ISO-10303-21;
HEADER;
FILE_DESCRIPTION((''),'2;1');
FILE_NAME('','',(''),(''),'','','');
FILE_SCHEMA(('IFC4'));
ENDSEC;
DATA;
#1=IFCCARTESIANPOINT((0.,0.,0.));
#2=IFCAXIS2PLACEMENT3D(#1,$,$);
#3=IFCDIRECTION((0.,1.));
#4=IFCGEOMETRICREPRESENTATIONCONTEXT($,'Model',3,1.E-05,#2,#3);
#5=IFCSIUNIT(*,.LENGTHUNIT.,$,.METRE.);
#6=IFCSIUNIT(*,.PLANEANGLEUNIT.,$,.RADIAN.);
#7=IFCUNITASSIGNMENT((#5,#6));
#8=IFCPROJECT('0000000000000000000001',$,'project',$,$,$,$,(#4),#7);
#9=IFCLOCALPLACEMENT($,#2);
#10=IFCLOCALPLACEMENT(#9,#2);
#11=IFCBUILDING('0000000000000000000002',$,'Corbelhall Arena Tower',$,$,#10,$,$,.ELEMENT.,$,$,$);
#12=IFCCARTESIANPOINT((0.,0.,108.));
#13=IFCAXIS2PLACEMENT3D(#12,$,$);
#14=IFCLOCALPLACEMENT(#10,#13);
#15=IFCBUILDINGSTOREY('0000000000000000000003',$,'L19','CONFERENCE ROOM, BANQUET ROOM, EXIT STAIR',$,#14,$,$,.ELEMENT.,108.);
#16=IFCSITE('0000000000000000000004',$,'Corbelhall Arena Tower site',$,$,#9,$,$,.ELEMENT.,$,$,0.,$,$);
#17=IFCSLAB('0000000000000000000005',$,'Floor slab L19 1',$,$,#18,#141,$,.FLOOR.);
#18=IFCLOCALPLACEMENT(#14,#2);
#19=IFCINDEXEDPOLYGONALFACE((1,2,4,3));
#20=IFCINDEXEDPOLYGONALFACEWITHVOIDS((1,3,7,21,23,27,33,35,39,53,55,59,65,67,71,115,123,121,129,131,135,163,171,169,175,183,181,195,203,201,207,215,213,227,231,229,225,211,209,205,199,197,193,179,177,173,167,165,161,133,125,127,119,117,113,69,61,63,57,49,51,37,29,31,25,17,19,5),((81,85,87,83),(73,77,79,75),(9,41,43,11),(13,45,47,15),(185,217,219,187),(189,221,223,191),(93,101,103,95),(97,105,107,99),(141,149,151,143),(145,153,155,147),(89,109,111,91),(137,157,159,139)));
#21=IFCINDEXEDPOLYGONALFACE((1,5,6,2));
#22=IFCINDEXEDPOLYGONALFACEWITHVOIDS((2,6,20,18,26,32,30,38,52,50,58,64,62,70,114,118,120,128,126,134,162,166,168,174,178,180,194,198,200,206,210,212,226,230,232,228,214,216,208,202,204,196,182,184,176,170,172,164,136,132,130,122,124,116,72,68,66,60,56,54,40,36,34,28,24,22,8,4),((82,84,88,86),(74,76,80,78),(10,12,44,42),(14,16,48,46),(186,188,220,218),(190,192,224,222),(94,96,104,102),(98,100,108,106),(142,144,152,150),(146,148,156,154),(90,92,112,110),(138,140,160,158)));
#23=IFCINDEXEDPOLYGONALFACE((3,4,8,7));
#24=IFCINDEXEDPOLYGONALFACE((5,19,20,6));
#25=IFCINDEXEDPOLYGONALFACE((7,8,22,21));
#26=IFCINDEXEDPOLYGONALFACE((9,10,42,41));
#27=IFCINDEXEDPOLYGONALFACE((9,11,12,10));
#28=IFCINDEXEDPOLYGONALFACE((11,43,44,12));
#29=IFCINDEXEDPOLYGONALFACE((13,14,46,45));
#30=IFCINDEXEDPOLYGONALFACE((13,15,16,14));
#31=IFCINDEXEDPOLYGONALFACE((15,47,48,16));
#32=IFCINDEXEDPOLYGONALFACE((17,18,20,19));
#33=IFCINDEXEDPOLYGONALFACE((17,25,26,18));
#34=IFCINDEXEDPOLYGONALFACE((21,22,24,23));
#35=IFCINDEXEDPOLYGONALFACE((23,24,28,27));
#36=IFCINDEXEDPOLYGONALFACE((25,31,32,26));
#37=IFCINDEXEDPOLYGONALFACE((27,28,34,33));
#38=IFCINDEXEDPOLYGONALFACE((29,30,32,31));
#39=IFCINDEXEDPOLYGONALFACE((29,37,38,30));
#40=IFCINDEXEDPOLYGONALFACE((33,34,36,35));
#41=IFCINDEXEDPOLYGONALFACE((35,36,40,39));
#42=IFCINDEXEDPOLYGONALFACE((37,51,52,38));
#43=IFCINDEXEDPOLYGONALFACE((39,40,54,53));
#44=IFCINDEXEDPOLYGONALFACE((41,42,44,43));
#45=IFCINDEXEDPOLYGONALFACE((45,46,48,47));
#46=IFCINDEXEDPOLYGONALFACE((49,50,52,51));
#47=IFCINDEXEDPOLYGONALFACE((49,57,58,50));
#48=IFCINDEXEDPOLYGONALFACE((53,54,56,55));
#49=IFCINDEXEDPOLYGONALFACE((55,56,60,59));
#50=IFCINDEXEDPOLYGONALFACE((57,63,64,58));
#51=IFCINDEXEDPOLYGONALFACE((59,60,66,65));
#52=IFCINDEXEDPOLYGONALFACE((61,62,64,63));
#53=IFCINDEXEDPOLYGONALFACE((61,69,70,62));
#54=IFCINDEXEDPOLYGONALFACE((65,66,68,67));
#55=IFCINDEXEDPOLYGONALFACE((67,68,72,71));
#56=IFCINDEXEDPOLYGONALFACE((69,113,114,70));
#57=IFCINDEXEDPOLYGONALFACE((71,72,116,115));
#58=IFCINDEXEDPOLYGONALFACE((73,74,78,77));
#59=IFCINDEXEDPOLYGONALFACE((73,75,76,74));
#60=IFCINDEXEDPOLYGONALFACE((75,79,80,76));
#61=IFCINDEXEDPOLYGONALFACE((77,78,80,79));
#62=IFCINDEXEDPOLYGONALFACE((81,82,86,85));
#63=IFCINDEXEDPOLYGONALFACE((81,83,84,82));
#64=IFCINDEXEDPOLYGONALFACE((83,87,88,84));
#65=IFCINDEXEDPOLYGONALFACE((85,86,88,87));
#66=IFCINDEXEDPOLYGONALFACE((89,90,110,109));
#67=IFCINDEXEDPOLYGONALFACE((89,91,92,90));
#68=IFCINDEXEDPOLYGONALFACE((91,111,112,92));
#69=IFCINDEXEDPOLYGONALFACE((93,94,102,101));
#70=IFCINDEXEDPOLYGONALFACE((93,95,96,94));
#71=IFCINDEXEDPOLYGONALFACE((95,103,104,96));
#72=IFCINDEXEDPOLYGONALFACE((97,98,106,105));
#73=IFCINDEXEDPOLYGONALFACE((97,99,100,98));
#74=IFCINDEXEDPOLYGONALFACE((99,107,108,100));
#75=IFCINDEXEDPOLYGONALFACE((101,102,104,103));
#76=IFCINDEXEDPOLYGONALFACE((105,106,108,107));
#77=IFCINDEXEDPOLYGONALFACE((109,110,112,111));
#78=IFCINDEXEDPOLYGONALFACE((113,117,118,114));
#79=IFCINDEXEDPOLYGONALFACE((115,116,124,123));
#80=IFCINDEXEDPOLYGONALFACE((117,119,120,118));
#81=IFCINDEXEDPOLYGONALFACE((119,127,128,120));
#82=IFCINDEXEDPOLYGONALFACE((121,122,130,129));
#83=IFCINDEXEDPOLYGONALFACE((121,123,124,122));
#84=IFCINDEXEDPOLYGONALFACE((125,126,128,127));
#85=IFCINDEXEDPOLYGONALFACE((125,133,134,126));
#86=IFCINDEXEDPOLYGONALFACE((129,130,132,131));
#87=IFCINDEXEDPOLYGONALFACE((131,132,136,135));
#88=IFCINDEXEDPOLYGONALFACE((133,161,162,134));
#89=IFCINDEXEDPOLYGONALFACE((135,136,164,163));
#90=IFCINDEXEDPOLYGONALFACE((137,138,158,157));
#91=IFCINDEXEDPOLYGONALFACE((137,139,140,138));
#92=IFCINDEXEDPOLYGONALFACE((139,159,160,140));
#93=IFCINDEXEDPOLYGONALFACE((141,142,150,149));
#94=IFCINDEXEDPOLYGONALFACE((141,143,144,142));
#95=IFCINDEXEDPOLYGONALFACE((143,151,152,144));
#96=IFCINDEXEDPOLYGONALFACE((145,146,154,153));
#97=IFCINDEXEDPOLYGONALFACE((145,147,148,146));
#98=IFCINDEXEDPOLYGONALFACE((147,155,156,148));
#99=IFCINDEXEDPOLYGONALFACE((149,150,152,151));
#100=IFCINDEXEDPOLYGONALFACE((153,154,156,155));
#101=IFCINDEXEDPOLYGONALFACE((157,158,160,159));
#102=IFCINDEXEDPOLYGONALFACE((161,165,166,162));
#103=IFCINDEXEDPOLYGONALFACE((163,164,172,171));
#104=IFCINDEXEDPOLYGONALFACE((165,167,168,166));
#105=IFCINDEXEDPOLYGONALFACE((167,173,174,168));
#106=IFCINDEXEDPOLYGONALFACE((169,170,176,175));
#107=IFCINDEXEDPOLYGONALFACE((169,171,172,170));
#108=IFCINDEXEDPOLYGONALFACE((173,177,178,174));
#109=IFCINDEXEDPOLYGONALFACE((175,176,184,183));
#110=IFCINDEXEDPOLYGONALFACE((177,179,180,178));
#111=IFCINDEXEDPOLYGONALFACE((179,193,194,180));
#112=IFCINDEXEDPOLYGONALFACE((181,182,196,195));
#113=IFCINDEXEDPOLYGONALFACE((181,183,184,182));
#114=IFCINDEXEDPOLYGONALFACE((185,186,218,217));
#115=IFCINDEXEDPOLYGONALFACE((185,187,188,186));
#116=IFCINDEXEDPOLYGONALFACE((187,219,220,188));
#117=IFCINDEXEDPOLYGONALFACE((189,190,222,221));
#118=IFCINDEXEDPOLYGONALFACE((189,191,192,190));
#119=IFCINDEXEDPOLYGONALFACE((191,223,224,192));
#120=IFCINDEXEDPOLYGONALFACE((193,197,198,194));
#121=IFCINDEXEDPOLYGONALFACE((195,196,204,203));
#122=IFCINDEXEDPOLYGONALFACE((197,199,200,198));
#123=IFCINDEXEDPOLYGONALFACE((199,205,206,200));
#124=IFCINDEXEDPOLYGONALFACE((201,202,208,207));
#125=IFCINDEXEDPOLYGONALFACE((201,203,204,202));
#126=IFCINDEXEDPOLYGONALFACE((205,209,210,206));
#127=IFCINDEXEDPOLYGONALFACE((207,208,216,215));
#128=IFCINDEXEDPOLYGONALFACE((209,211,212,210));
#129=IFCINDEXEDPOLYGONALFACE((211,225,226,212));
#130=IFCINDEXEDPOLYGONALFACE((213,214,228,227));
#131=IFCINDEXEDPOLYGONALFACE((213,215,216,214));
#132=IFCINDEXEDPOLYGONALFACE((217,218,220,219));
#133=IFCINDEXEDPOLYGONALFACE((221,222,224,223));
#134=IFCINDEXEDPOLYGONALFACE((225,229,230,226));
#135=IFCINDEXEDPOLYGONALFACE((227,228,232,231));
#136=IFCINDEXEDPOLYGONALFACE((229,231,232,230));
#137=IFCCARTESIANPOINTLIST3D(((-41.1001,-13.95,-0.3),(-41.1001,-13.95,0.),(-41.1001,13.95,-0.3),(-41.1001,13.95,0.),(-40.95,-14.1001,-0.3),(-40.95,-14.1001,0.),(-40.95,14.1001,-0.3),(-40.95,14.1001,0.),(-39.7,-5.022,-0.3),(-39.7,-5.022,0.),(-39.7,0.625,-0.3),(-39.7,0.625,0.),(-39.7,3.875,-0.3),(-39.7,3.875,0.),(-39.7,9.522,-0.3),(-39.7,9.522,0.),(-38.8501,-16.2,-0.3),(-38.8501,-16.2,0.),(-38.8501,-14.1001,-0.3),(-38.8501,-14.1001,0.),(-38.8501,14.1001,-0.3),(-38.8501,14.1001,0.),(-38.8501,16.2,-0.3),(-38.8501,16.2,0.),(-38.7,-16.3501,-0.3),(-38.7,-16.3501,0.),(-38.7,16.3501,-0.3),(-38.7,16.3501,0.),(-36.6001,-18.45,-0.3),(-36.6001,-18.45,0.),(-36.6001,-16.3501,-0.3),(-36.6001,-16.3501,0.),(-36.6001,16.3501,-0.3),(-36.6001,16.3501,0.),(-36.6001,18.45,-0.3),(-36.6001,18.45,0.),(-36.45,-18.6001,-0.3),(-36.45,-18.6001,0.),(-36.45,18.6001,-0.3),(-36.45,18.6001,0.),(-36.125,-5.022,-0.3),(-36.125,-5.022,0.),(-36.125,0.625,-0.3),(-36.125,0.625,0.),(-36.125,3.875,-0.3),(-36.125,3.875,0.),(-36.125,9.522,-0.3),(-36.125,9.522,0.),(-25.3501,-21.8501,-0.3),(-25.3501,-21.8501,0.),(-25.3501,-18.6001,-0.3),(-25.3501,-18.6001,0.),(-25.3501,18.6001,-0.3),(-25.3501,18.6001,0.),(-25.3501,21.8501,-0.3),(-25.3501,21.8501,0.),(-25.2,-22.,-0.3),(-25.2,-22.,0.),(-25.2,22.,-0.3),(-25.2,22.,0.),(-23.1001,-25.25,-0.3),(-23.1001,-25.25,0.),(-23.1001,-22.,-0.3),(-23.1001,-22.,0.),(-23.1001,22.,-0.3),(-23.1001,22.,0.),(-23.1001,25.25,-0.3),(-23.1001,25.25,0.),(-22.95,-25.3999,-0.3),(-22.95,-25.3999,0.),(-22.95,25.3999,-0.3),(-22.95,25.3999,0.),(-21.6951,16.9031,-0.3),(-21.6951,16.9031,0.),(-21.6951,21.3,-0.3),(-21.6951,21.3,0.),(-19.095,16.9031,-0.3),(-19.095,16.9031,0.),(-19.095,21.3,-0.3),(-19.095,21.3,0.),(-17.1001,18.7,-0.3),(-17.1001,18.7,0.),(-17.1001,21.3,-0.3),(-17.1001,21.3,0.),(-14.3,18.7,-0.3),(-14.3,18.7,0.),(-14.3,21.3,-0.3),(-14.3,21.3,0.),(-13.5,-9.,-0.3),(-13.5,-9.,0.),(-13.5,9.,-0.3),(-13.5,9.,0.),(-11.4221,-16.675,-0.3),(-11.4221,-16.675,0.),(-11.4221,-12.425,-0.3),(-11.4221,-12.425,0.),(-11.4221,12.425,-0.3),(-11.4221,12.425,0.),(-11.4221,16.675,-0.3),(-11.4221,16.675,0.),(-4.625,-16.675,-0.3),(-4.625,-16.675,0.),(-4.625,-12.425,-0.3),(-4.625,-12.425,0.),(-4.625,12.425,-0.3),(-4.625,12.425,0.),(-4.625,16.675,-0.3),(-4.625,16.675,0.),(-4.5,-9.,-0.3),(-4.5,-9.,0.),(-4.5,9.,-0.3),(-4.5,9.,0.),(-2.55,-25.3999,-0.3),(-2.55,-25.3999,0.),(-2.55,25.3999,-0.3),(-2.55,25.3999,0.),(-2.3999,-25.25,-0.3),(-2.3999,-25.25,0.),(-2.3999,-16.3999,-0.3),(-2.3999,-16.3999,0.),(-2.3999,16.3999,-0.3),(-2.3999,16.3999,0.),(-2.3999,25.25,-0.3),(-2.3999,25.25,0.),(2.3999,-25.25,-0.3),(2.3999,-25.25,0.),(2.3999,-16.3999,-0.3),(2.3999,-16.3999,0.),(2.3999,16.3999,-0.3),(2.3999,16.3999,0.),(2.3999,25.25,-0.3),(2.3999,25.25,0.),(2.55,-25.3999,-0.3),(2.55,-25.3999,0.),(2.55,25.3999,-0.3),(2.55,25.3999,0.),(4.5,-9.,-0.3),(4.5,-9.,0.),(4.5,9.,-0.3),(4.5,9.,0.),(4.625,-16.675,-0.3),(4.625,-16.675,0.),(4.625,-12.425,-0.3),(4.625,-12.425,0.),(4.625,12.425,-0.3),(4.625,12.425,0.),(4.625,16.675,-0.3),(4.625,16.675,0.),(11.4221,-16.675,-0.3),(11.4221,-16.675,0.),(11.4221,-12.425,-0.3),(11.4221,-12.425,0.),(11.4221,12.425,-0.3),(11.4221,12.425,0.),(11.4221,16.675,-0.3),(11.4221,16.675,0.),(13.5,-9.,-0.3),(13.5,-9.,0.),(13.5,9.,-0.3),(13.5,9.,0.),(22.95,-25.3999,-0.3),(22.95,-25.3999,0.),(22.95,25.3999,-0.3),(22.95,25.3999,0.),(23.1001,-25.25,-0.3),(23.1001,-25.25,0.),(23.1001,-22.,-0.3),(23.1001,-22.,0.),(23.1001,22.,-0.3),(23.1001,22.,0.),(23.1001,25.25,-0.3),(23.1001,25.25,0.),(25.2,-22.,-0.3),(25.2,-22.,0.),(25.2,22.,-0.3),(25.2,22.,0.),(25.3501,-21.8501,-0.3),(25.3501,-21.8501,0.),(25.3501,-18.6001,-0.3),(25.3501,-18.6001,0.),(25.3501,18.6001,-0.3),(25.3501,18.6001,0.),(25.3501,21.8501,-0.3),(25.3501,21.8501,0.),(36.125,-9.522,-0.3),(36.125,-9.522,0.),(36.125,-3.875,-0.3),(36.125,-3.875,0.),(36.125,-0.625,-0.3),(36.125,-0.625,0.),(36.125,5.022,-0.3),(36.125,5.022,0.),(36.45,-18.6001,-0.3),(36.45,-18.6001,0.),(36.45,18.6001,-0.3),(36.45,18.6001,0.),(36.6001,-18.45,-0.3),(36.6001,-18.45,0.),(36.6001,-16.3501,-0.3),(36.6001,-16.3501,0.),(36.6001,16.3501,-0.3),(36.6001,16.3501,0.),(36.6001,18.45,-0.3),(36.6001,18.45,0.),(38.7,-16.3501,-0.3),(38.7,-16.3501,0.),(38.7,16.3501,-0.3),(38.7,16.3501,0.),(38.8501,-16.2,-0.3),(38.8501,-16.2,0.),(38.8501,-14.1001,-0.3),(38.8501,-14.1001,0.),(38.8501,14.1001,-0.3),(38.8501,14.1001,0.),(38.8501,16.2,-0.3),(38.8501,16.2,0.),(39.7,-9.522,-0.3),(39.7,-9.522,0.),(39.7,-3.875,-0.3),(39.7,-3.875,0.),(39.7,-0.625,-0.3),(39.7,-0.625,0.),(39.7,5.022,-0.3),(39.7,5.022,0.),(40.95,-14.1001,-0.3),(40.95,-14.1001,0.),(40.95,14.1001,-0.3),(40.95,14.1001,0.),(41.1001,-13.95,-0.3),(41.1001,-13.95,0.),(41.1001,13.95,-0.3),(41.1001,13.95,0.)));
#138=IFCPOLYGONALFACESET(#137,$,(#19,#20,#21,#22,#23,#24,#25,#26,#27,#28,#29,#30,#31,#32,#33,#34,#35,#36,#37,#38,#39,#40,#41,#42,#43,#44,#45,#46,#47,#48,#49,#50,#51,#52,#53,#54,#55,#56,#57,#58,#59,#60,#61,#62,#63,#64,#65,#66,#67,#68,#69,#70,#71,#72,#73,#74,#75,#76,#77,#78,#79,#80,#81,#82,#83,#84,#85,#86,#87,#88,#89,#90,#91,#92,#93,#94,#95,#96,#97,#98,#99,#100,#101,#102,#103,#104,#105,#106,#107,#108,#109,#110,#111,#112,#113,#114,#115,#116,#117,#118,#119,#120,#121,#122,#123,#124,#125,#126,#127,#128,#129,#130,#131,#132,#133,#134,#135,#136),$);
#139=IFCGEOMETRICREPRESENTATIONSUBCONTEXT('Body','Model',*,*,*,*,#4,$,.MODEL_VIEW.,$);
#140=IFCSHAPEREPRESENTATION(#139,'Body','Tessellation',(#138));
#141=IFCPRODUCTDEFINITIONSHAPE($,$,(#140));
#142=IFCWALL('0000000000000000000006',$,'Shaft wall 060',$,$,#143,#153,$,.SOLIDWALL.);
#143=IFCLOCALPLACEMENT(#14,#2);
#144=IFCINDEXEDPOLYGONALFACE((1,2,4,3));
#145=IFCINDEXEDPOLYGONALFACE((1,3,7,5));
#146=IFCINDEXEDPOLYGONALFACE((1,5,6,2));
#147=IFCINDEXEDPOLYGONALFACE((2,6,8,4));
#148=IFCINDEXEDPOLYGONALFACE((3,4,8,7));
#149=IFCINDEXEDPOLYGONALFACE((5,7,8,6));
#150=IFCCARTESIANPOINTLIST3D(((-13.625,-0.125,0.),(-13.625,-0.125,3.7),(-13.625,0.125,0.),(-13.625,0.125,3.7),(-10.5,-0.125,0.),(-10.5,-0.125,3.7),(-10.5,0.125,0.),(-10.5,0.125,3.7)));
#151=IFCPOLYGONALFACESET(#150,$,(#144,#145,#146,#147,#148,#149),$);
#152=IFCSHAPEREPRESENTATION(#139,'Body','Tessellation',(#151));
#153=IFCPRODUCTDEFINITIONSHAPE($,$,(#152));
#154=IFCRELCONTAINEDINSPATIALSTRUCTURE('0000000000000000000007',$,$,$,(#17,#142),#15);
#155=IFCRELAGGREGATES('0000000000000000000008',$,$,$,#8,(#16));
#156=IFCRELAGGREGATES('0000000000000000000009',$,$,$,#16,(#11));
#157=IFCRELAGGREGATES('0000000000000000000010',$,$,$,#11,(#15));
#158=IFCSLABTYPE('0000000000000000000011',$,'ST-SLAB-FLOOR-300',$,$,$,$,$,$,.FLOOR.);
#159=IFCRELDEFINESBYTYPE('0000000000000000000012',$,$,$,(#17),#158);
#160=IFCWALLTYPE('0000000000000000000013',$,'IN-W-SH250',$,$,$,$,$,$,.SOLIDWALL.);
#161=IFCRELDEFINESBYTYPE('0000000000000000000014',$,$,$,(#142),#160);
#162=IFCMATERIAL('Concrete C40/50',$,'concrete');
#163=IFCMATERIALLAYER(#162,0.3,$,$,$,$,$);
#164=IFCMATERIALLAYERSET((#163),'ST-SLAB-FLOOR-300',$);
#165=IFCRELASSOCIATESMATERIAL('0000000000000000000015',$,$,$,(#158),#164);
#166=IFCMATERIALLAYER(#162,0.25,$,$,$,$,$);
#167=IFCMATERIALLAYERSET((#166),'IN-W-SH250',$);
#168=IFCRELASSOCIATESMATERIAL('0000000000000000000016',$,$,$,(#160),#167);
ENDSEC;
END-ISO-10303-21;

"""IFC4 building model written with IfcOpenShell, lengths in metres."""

from ifc_helpers import new_model, si_unit, direction, frame, frame_2d, origin, place, context, subcontext, project, spatial, polyline, rectangle, outline, extrude, material, layer, layer_set, type_object, element, save


model = new_model("IFC4")

# Units and contexts
model_context = context("Model", 3, precision=1e-05, world=origin(), true_north=direction((0.0, 1.0)))
body_context = subcontext(model_context, "Body", "Model", "MODEL_VIEW")
ifc_project = project(units=[si_unit("LENGTHUNIT", "METRE"), si_unit("PLANEANGLEUNIT", "RADIAN")], contexts=[model_context])

# Site, building, storey
site_placement = place(None, origin())
site = spatial("IfcSite", under=ifc_project, at=site_placement, Name="Corbelhall Arena Tower site", CompositionType="ELEMENT", RefElevation=0.0)
building_placement = place(site_placement, origin())
building = spatial("IfcBuilding", under=site, at=building_placement, Name="Corbelhall Arena Tower", CompositionType="ELEMENT")
storey_placement = place(building_placement, frame((0.0, 0.0, 108.0)))
storey = spatial("IfcBuildingStorey", under=building, at=storey_placement, Name="L19", Description="CONFERENCE ROOM, BANQUET ROOM, EXIT STAIR", CompositionType="ELEMENT", Elevation=108.0)

# Slab
ifc_material_1 = material(Name="Concrete C40/50", Category="concrete")
ifc_layer_1 = layer(ifc_material_1, 0.3)
ifc_layer_set_1 = layer_set([ifc_layer_1], Name="ST-SLAB-FLOOR-300")
slab_type = type_object("IfcSlabType", Name="ST-SLAB-FLOOR-300", PredefinedType="FLOOR", material=ifc_layer_set_1)
slab_placement = place(storey_placement, frame((0.0, 0.0, -0.3)))
element("IfcSlab", 1, at=slab_placement, inside=storey, type_object=slab_type, Name="Floor slab L19 1", PredefinedType="FLOOR", context=body_context, shape_type="SweptSolid", body=[
    extrude(outline(polyline([(25.3501, 18.6001), (25.3501, 21.8501), (25.2, 22.0), (23.1001, 22.0), (23.1001, 25.25), (22.95, 25.3999), (2.55, 25.3999), (2.3999, 25.25), (2.3999, 16.3999), (-2.3999, 16.3999), (-2.3999, 25.25), (-2.55, 25.3999), (-22.95, 25.3999), (-23.1001, 25.25), (-23.1001, 22.0), (-25.2, 22.0), (-25.3501, 21.8501), (-25.3501, 18.6001), (-36.45, 18.6001), (-36.6001, 18.45), (-36.6001, 16.3501), (-38.7, 16.3501), (-38.8501, 16.2), (-38.8501, 14.1001), (-40.95, 14.1001), (-41.1001, 13.95), (-41.1001, -13.95), (-40.95, -14.1001), (-38.8501, -14.1001), (-38.8501, -16.2), (-38.7, -16.3501), (-36.6001, -16.3501), (-36.6001, -18.45), (-36.45, -18.6001), (-25.3501, -18.6001), (-25.3501, -21.8501), (-25.2, -22.0), (-23.1001, -22.0), (-23.1001, -25.25), (-22.95, -25.3999), (-2.55, -25.3999), (-2.3999, -25.25), (-2.3999, -16.3999), (2.3999, -16.3999), (2.3999, -25.25), (2.55, -25.3999), (22.95, -25.3999), (23.1001, -25.25), (23.1001, -22.0), (25.2, -22.0), (25.3501, -21.8501), (25.3501, -18.6001), (36.45, -18.6001), (36.6001, -18.45), (36.6001, -16.3501), (38.7, -16.3501), (38.8501, -16.2), (38.8501, -14.1001), (40.95, -14.1001), (41.1001, -13.95), (41.1001, 13.95), (40.95, 14.1001), (38.8501, 14.1001), (38.8501, 16.2), (38.7, 16.3501), (36.6001, 16.3501), (36.6001, 18.45), (36.45, 18.6001), (25.3501, 18.6001)]), holes=[polyline([(-13.5, 9.0), (-13.5, -9.0), (-4.5, -9.0), (-4.5, 9.0), (-13.5, 9.0)]), polyline([(4.5, 9.0), (4.5, -9.0), (13.5, -9.0), (13.5, 9.0), (4.5, 9.0)]), polyline([(-4.625, 16.675), (-11.4221, 16.675), (-11.4221, 12.425), (-4.625, 12.425), (-4.625, 16.675)]), polyline([(-4.625, -16.675), (-4.625, -12.425), (-11.4221, -12.425), (-11.4221, -16.675), (-4.625, -16.675)]), polyline([(11.4221, 16.675), (4.625, 16.675), (4.625, 12.425), (11.4221, 12.425), (11.4221, 16.675)]), polyline([(11.4221, -16.675), (11.4221, -12.425), (4.625, -12.425), (4.625, -16.675), (11.4221, -16.675)]), polyline([(-36.125, 3.875), (-36.125, 9.522), (-39.7, 9.522), (-39.7, 3.875), (-36.125, 3.875)]), polyline([(-36.125, 0.625), (-39.7, 0.625), (-39.7, -5.022), (-36.125, -5.022), (-36.125, 0.625)]), polyline([(39.7, -9.522), (39.7, -3.875), (36.125, -3.875), (36.125, -9.522), (39.7, -9.522)]), polyline([(39.7, 5.022), (36.125, 5.022), (36.125, -0.625), (39.7, -0.625), (39.7, 5.022)]), polyline([(-21.6951, 21.3), (-21.6951, 16.9031), (-19.095, 16.9031), (-19.095, 21.3), (-21.6951, 21.3)]), polyline([(-14.3, 21.3), (-17.1001, 21.3), (-17.1001, 18.7), (-14.3, 18.7), (-14.3, 21.3)])]), origin(), (0.0, 0.0, 1.0), 0.3),
])

# Wall
ifc_layer_2 = layer(ifc_material_1, 0.25)
ifc_layer_set_2 = layer_set([ifc_layer_2], Name="IN-W-SH250")
wall_type_1 = type_object("IfcWallType", Name="IN-W-SH250", PredefinedType="SOLIDWALL", material=ifc_layer_set_2)
wall_1_placement = place(storey_placement, frame((-13.625, 0.0, 0.0), z_axis=(0.0, 0.0, 1.0), x_axis=(1.0, 0.0, 0.0)))
element("IfcWall", 2, at=wall_1_placement, inside=storey, type_object=wall_type_1, Name="Shaft wall 060", PredefinedType="SOLIDWALL", context=body_context, shape_type="SweptSolid", body=[
    extrude(rectangle(XDim=3.125, YDim=0.25, at=frame_2d((1.5625, 0.0))), origin(), (0.0, 0.0, 1.0), 3.7),
])

save(model, "model.ifc")
